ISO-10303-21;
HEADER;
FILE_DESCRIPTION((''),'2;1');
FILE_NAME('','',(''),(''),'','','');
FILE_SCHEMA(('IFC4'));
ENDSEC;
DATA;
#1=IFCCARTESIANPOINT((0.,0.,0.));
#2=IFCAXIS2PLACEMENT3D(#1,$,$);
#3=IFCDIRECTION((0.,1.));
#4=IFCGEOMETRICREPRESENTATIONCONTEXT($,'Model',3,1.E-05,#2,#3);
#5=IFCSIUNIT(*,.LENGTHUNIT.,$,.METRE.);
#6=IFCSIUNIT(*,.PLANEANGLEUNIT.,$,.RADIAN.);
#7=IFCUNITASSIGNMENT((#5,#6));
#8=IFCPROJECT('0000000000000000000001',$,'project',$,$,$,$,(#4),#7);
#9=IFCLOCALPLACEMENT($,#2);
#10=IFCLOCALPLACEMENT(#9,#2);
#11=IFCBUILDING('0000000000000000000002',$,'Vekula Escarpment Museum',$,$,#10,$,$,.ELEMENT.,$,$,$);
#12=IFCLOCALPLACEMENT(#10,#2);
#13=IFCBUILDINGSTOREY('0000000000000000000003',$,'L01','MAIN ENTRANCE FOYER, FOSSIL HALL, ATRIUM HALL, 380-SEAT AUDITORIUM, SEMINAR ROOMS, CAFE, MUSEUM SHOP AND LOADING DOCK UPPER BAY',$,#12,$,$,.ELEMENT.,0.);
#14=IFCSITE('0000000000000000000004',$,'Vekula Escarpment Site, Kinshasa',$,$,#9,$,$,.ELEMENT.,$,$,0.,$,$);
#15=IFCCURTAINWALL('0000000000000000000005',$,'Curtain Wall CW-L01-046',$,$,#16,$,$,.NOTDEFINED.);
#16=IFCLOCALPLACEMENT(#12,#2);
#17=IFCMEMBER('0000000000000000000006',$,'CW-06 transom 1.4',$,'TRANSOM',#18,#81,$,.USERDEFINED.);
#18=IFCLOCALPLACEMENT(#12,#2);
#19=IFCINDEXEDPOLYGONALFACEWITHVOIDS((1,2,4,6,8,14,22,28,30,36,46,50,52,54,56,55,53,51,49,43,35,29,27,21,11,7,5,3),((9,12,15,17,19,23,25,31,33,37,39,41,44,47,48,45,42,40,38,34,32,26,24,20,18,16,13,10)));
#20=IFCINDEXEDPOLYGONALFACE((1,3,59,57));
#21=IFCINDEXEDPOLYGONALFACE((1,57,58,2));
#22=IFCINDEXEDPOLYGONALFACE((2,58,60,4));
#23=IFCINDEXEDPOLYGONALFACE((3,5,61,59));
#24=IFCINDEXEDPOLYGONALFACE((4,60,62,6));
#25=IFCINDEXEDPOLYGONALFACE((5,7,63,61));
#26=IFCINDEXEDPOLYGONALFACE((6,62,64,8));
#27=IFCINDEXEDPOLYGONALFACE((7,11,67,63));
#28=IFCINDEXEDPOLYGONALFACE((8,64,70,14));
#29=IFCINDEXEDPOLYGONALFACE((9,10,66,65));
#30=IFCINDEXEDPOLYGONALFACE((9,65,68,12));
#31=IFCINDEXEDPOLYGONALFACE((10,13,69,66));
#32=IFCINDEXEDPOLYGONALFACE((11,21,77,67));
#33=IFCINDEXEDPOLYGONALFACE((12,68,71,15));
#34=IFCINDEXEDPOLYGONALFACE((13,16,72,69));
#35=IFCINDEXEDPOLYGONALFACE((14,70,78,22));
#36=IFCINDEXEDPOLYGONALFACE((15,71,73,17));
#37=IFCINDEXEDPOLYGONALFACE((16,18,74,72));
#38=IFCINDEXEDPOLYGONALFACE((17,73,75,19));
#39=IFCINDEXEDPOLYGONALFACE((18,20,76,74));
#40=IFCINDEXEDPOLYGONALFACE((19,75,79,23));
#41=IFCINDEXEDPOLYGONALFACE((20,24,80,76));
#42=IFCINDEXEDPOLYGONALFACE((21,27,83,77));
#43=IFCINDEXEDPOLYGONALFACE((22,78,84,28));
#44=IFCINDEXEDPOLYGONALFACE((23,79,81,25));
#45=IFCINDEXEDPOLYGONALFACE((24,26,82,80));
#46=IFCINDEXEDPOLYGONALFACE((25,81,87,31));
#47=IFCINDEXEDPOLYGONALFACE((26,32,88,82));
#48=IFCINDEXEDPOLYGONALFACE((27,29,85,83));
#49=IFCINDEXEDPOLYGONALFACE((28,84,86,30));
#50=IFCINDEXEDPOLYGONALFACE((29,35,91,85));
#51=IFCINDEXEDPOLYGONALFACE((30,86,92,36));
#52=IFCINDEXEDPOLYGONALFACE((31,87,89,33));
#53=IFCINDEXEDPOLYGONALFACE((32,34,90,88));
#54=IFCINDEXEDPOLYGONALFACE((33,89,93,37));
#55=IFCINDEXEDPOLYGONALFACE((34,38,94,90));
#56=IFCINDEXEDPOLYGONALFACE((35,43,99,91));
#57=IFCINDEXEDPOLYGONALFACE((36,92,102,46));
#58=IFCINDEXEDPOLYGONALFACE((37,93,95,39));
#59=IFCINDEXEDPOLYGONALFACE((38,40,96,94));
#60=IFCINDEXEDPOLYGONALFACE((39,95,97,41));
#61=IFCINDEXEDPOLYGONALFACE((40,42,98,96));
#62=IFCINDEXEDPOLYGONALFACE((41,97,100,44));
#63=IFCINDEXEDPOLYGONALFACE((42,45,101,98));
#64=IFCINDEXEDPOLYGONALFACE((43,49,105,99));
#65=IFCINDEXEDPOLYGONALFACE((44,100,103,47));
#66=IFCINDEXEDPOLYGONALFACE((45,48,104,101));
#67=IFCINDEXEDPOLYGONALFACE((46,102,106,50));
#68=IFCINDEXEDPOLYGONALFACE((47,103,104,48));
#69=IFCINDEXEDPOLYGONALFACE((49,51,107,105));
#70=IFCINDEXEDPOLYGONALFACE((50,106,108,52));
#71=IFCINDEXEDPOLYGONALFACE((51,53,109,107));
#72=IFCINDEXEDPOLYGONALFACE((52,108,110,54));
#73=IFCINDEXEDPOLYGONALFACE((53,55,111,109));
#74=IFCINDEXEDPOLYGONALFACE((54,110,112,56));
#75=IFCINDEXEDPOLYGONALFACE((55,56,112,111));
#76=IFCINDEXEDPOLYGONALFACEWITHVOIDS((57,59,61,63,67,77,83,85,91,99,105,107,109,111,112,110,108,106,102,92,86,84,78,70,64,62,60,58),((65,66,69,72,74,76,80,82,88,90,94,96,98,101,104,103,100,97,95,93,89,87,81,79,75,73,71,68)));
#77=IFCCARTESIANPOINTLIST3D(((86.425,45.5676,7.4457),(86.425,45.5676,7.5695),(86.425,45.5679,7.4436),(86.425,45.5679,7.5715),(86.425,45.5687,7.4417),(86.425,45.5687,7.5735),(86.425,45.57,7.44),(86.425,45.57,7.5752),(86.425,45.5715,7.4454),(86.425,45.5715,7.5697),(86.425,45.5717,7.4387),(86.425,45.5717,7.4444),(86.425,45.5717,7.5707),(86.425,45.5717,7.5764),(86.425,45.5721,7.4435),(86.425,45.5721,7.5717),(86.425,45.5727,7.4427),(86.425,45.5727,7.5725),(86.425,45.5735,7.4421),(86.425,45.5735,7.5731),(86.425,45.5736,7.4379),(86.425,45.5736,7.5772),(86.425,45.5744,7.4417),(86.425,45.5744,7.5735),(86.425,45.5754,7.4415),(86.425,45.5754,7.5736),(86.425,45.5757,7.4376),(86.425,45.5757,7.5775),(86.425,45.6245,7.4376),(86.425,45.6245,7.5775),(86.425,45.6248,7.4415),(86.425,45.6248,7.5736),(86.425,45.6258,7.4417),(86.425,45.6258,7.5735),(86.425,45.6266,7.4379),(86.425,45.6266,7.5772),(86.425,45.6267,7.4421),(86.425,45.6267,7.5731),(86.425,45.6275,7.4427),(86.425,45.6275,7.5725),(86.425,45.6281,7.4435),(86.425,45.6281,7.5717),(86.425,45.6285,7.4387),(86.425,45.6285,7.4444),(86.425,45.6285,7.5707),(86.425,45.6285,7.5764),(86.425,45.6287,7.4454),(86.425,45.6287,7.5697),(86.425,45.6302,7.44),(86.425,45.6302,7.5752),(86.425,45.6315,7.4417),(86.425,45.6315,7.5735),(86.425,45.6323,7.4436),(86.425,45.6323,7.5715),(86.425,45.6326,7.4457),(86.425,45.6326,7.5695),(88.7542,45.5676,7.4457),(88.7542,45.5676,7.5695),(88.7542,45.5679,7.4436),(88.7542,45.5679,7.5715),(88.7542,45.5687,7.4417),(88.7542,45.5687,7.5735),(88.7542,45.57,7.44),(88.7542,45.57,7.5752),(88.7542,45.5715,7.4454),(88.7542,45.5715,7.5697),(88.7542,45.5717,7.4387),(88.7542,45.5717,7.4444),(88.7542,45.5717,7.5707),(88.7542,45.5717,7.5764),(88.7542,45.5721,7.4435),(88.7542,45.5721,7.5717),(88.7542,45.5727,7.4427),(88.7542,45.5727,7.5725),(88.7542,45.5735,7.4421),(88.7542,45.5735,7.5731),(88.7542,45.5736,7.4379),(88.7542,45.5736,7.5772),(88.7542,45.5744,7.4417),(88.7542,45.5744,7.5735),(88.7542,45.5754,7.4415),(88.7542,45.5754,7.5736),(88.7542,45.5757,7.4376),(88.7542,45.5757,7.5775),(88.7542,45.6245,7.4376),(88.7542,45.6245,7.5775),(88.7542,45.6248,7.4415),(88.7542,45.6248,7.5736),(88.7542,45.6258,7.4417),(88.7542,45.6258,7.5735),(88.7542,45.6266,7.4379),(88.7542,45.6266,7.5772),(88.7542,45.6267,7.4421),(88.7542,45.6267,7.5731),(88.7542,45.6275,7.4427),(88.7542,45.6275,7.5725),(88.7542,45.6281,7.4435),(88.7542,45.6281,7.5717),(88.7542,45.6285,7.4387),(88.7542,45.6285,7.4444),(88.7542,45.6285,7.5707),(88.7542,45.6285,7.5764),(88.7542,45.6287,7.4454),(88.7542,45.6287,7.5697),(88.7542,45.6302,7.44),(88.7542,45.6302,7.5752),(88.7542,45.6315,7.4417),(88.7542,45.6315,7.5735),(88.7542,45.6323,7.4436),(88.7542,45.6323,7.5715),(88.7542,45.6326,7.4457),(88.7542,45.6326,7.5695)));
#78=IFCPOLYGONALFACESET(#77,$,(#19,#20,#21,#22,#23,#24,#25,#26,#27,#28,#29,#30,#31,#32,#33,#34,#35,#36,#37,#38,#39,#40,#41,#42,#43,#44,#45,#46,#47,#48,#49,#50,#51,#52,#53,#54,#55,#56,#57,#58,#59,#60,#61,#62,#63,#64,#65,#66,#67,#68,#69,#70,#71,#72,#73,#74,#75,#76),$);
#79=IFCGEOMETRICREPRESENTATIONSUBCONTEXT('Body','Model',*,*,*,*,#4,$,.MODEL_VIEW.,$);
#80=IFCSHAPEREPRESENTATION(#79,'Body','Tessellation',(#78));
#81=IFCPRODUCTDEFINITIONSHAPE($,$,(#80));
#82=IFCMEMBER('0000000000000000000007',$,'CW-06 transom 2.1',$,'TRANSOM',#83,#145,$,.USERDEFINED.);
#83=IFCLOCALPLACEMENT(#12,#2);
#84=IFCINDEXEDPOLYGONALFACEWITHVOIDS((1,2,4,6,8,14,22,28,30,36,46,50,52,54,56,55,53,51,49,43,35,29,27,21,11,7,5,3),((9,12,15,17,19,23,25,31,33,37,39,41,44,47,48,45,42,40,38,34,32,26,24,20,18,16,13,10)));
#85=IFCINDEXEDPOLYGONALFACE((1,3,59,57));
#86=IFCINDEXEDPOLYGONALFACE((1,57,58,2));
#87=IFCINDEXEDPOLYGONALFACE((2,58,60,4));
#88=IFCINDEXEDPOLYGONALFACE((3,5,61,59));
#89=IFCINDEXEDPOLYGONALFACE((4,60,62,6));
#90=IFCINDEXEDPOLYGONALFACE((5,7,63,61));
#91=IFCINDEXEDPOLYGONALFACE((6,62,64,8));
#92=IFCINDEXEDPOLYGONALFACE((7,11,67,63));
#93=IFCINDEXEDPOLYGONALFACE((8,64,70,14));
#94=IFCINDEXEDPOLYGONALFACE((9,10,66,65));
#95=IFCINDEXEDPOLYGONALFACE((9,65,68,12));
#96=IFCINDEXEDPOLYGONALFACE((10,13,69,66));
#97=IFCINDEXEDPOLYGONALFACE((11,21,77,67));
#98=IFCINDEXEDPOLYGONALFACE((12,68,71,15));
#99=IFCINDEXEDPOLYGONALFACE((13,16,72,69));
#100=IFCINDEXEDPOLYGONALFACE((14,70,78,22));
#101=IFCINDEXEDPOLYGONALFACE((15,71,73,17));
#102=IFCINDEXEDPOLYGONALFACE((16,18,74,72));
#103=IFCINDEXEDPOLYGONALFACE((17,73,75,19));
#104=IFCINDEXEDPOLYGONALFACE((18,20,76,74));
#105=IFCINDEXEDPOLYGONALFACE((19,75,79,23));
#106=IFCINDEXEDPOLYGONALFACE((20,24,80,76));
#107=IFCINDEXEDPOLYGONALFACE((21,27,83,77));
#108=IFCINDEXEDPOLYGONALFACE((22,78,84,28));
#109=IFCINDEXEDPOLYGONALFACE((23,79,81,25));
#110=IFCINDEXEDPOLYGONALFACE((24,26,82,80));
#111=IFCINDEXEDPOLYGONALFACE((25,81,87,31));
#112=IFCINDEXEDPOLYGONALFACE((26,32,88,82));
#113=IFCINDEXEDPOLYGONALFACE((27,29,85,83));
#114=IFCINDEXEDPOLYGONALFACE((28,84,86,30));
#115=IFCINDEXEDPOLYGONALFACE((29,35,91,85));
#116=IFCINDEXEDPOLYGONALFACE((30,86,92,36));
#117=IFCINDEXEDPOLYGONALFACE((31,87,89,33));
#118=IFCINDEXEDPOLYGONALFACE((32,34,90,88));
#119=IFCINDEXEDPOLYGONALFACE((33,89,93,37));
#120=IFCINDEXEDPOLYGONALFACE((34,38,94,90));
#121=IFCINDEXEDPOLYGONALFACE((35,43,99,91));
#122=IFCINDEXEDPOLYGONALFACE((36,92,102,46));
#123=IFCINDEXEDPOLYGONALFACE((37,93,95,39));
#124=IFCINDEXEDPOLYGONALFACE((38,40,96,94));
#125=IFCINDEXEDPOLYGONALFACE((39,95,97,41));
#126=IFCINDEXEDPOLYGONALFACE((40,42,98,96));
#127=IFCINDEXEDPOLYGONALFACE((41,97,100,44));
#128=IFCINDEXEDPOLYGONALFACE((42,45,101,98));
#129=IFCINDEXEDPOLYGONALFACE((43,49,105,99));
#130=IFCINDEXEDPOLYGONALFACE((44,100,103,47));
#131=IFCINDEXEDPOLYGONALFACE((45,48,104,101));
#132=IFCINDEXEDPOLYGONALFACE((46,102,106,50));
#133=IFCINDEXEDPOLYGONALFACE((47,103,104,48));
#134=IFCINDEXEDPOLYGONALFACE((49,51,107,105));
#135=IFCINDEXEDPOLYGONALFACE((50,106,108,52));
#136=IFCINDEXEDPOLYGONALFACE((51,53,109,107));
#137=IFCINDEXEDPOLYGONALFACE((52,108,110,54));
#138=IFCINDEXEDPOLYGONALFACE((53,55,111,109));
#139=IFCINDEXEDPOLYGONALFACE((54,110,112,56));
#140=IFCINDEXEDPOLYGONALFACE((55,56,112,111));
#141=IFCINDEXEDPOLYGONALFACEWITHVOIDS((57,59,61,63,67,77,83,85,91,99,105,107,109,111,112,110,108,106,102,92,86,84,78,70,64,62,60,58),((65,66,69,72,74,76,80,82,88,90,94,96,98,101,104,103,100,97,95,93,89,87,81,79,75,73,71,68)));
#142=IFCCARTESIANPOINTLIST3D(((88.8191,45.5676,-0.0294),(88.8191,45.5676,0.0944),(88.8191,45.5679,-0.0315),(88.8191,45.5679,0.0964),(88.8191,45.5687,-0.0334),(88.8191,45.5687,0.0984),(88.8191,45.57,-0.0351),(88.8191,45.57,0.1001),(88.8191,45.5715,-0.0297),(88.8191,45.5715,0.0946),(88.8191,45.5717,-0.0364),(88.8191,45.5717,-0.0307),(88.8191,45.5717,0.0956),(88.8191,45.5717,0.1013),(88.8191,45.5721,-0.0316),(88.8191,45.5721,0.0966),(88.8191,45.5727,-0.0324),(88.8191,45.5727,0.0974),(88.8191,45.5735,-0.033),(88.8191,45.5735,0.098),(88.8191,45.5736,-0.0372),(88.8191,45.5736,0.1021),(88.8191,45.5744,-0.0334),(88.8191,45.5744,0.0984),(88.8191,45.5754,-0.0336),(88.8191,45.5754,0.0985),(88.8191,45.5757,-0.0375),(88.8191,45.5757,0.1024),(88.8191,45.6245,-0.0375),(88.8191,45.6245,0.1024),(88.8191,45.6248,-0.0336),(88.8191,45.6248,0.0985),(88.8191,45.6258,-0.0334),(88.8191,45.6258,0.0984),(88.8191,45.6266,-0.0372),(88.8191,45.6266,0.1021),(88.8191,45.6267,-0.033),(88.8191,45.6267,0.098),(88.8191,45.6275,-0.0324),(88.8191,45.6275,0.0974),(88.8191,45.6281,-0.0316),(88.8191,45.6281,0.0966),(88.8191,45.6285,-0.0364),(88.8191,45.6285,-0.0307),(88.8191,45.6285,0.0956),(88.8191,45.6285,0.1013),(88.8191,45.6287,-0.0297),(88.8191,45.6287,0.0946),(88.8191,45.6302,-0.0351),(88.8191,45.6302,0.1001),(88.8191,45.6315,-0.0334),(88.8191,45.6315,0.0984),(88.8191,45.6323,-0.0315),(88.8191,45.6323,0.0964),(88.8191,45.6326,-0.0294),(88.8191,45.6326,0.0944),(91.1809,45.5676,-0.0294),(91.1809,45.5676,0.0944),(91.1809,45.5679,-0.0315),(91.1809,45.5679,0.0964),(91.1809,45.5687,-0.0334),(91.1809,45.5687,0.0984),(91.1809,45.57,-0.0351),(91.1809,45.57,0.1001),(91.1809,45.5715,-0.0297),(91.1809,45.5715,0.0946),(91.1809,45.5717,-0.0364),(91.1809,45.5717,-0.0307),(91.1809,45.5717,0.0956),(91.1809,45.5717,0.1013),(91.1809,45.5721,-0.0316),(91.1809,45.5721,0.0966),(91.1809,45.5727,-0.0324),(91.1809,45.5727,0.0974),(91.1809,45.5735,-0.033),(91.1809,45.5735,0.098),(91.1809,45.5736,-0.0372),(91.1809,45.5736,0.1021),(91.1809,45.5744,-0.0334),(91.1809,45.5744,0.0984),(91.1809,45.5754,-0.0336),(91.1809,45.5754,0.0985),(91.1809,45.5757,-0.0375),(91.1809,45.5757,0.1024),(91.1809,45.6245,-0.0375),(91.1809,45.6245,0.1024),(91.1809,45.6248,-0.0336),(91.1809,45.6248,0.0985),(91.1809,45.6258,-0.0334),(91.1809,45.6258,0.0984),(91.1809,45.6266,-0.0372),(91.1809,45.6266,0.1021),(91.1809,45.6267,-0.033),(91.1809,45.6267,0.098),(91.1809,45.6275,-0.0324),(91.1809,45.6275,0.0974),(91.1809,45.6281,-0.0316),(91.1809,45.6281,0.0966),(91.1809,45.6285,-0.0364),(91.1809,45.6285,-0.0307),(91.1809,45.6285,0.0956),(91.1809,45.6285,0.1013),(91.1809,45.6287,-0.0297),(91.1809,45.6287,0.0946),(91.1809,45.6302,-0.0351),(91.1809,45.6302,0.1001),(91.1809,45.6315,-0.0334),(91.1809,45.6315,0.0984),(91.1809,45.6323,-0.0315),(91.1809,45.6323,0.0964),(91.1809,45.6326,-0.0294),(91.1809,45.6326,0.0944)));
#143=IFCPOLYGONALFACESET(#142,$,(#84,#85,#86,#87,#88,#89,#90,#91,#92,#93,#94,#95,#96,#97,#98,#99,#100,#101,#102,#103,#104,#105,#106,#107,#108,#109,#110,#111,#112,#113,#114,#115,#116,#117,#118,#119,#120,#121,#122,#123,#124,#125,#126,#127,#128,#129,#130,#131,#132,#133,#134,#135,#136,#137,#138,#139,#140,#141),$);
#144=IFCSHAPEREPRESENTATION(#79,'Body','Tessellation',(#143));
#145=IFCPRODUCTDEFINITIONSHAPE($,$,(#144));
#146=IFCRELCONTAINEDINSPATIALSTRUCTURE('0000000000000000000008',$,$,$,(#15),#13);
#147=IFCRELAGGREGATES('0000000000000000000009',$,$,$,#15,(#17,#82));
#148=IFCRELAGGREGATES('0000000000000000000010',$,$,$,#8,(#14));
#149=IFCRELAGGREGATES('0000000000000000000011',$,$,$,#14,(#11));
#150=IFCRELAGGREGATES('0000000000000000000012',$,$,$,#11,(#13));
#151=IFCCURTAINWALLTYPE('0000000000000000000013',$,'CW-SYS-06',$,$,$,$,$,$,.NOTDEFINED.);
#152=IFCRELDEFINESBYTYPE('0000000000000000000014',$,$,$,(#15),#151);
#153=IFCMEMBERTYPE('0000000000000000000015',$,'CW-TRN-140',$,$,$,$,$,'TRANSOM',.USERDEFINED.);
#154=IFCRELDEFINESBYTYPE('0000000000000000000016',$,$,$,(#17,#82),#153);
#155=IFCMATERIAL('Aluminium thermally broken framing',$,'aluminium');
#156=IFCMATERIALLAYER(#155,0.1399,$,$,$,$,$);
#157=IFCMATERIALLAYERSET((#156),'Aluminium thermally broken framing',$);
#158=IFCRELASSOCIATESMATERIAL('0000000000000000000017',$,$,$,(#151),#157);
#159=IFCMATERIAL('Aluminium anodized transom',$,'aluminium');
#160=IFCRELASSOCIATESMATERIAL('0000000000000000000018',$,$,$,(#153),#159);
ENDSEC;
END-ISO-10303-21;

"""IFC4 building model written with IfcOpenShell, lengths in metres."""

from ifc_helpers import new_model, si_unit, direction, frame, origin, origin_2d, place, context, subcontext, project, spatial, hollow_rectangle, extrude, material, layer, layer_set, material_profile, profile_set, type_object, element, aggregate, save


model = new_model("IFC4")

# Units and contexts
model_context = context("Model", 3, precision=1e-05, world=origin(), true_north=direction((0.0, 1.0)))
body_context = subcontext(model_context, "Body", "Model", "MODEL_VIEW")
ifc_project = project(units=[si_unit("LENGTHUNIT", "METRE"), si_unit("PLANEANGLEUNIT", "RADIAN")], contexts=[model_context])

# Site, building, storey
site_placement = place(None, origin())
site = spatial("IfcSite", under=ifc_project, at=site_placement, Name="Vekula Escarpment Site, Kinshasa", CompositionType="ELEMENT", RefElevation=0.0)
building_placement = place(site_placement, origin())
building = spatial("IfcBuilding", under=site, at=building_placement, Name="Vekula Escarpment Museum", CompositionType="ELEMENT")
storey_placement = place(building_placement, origin())
storey = spatial("IfcBuildingStorey", under=building, at=storey_placement, Name="L01", Description="MAIN ENTRANCE FOYER, FOSSIL HALL, ATRIUM HALL, 380-SEAT AUDITORIUM, SEMINAR ROOMS, CAFE, MUSEUM SHOP AND LOADING DOCK UPPER BAY", CompositionType="ELEMENT", Elevation=0.0)

# Curtain wall, members
ifc_material_1 = material(Name="Aluminium thermally broken framing", Category="aluminium")
ifc_layer_1 = layer(ifc_material_1, 0.1399)
ifc_layer_set_1 = layer_set([ifc_layer_1], Name="Aluminium thermally broken framing")
curtain_wall_type = type_object("IfcCurtainWallType", Name="CW-SYS-06", PredefinedType="NOTDEFINED", material=ifc_layer_set_1)
curtain_wall_placement = place(storey_placement, origin())
curtain_wall = element("IfcCurtainWall", 1, at=curtain_wall_placement, inside=storey, type_object=curtain_wall_type, Name="Curtain Wall CW-L01-046", PredefinedType="NOTDEFINED")
ifc_material_2 = material(Name="Aluminium anodized transom", Category="aluminium")
ifc_material_profile_1 = material_profile(ifc_material_2, hollow_rectangle(XDim=0.0649, YDim=0.1399, WallThickness=0.0039, InnerFilletRadius=0.0039, OuterFilletRadius=0.0081, at=origin_2d()), Name="ALU 140x65x4")
ifc_profile_set_1 = profile_set([ifc_material_profile_1], Name="Aluminium anodized transom")
member_type_1 = type_object("IfcMemberType", Name="CW-TRN-140", ElementType="TRANSOM", PredefinedType="USERDEFINED", material=ifc_profile_set_1)
member_1_placement = place(storey_placement, frame((86.425, 45.6001, 7.5076), z_axis=(1.0, 0.0, 0.0), x_axis=(0.0, 1.0, 0.0)))
member_1 = element("IfcMember", 2, at=member_1_placement, type_object=member_type_1, Name="CW-06 transom 1.4", ObjectType="TRANSOM", PredefinedType="USERDEFINED", context=body_context, shape_type="SweptSolid", body=[
    extrude(hollow_rectangle(XDim=0.0649, YDim=0.1399, WallThickness=0.0039, InnerFilletRadius=0.0039, OuterFilletRadius=0.0081, at=origin_2d()), origin(), (0.0, 0.0, 1.0), 2.3291),
])
member_2_placement = place(storey_placement, frame((88.8191, 45.6001, 0.0325), z_axis=(1.0, 0.0, 0.0), x_axis=(0.0, 1.0, 0.0)))
member_2 = element("IfcMember", 3, at=member_2_placement, type_object=member_type_1, Name="CW-06 transom 2.1", ObjectType="TRANSOM", PredefinedType="USERDEFINED", context=body_context, shape_type="SweptSolid", body=[
    extrude(hollow_rectangle(XDim=0.0649, YDim=0.1399, WallThickness=0.0039, InnerFilletRadius=0.0039, OuterFilletRadius=0.0081, at=origin_2d()), origin(), (0.0, 0.0, 1.0), 2.3618),
])
aggregate(curtain_wall, [member_1, member_2])

save(model, "model.ifc")
